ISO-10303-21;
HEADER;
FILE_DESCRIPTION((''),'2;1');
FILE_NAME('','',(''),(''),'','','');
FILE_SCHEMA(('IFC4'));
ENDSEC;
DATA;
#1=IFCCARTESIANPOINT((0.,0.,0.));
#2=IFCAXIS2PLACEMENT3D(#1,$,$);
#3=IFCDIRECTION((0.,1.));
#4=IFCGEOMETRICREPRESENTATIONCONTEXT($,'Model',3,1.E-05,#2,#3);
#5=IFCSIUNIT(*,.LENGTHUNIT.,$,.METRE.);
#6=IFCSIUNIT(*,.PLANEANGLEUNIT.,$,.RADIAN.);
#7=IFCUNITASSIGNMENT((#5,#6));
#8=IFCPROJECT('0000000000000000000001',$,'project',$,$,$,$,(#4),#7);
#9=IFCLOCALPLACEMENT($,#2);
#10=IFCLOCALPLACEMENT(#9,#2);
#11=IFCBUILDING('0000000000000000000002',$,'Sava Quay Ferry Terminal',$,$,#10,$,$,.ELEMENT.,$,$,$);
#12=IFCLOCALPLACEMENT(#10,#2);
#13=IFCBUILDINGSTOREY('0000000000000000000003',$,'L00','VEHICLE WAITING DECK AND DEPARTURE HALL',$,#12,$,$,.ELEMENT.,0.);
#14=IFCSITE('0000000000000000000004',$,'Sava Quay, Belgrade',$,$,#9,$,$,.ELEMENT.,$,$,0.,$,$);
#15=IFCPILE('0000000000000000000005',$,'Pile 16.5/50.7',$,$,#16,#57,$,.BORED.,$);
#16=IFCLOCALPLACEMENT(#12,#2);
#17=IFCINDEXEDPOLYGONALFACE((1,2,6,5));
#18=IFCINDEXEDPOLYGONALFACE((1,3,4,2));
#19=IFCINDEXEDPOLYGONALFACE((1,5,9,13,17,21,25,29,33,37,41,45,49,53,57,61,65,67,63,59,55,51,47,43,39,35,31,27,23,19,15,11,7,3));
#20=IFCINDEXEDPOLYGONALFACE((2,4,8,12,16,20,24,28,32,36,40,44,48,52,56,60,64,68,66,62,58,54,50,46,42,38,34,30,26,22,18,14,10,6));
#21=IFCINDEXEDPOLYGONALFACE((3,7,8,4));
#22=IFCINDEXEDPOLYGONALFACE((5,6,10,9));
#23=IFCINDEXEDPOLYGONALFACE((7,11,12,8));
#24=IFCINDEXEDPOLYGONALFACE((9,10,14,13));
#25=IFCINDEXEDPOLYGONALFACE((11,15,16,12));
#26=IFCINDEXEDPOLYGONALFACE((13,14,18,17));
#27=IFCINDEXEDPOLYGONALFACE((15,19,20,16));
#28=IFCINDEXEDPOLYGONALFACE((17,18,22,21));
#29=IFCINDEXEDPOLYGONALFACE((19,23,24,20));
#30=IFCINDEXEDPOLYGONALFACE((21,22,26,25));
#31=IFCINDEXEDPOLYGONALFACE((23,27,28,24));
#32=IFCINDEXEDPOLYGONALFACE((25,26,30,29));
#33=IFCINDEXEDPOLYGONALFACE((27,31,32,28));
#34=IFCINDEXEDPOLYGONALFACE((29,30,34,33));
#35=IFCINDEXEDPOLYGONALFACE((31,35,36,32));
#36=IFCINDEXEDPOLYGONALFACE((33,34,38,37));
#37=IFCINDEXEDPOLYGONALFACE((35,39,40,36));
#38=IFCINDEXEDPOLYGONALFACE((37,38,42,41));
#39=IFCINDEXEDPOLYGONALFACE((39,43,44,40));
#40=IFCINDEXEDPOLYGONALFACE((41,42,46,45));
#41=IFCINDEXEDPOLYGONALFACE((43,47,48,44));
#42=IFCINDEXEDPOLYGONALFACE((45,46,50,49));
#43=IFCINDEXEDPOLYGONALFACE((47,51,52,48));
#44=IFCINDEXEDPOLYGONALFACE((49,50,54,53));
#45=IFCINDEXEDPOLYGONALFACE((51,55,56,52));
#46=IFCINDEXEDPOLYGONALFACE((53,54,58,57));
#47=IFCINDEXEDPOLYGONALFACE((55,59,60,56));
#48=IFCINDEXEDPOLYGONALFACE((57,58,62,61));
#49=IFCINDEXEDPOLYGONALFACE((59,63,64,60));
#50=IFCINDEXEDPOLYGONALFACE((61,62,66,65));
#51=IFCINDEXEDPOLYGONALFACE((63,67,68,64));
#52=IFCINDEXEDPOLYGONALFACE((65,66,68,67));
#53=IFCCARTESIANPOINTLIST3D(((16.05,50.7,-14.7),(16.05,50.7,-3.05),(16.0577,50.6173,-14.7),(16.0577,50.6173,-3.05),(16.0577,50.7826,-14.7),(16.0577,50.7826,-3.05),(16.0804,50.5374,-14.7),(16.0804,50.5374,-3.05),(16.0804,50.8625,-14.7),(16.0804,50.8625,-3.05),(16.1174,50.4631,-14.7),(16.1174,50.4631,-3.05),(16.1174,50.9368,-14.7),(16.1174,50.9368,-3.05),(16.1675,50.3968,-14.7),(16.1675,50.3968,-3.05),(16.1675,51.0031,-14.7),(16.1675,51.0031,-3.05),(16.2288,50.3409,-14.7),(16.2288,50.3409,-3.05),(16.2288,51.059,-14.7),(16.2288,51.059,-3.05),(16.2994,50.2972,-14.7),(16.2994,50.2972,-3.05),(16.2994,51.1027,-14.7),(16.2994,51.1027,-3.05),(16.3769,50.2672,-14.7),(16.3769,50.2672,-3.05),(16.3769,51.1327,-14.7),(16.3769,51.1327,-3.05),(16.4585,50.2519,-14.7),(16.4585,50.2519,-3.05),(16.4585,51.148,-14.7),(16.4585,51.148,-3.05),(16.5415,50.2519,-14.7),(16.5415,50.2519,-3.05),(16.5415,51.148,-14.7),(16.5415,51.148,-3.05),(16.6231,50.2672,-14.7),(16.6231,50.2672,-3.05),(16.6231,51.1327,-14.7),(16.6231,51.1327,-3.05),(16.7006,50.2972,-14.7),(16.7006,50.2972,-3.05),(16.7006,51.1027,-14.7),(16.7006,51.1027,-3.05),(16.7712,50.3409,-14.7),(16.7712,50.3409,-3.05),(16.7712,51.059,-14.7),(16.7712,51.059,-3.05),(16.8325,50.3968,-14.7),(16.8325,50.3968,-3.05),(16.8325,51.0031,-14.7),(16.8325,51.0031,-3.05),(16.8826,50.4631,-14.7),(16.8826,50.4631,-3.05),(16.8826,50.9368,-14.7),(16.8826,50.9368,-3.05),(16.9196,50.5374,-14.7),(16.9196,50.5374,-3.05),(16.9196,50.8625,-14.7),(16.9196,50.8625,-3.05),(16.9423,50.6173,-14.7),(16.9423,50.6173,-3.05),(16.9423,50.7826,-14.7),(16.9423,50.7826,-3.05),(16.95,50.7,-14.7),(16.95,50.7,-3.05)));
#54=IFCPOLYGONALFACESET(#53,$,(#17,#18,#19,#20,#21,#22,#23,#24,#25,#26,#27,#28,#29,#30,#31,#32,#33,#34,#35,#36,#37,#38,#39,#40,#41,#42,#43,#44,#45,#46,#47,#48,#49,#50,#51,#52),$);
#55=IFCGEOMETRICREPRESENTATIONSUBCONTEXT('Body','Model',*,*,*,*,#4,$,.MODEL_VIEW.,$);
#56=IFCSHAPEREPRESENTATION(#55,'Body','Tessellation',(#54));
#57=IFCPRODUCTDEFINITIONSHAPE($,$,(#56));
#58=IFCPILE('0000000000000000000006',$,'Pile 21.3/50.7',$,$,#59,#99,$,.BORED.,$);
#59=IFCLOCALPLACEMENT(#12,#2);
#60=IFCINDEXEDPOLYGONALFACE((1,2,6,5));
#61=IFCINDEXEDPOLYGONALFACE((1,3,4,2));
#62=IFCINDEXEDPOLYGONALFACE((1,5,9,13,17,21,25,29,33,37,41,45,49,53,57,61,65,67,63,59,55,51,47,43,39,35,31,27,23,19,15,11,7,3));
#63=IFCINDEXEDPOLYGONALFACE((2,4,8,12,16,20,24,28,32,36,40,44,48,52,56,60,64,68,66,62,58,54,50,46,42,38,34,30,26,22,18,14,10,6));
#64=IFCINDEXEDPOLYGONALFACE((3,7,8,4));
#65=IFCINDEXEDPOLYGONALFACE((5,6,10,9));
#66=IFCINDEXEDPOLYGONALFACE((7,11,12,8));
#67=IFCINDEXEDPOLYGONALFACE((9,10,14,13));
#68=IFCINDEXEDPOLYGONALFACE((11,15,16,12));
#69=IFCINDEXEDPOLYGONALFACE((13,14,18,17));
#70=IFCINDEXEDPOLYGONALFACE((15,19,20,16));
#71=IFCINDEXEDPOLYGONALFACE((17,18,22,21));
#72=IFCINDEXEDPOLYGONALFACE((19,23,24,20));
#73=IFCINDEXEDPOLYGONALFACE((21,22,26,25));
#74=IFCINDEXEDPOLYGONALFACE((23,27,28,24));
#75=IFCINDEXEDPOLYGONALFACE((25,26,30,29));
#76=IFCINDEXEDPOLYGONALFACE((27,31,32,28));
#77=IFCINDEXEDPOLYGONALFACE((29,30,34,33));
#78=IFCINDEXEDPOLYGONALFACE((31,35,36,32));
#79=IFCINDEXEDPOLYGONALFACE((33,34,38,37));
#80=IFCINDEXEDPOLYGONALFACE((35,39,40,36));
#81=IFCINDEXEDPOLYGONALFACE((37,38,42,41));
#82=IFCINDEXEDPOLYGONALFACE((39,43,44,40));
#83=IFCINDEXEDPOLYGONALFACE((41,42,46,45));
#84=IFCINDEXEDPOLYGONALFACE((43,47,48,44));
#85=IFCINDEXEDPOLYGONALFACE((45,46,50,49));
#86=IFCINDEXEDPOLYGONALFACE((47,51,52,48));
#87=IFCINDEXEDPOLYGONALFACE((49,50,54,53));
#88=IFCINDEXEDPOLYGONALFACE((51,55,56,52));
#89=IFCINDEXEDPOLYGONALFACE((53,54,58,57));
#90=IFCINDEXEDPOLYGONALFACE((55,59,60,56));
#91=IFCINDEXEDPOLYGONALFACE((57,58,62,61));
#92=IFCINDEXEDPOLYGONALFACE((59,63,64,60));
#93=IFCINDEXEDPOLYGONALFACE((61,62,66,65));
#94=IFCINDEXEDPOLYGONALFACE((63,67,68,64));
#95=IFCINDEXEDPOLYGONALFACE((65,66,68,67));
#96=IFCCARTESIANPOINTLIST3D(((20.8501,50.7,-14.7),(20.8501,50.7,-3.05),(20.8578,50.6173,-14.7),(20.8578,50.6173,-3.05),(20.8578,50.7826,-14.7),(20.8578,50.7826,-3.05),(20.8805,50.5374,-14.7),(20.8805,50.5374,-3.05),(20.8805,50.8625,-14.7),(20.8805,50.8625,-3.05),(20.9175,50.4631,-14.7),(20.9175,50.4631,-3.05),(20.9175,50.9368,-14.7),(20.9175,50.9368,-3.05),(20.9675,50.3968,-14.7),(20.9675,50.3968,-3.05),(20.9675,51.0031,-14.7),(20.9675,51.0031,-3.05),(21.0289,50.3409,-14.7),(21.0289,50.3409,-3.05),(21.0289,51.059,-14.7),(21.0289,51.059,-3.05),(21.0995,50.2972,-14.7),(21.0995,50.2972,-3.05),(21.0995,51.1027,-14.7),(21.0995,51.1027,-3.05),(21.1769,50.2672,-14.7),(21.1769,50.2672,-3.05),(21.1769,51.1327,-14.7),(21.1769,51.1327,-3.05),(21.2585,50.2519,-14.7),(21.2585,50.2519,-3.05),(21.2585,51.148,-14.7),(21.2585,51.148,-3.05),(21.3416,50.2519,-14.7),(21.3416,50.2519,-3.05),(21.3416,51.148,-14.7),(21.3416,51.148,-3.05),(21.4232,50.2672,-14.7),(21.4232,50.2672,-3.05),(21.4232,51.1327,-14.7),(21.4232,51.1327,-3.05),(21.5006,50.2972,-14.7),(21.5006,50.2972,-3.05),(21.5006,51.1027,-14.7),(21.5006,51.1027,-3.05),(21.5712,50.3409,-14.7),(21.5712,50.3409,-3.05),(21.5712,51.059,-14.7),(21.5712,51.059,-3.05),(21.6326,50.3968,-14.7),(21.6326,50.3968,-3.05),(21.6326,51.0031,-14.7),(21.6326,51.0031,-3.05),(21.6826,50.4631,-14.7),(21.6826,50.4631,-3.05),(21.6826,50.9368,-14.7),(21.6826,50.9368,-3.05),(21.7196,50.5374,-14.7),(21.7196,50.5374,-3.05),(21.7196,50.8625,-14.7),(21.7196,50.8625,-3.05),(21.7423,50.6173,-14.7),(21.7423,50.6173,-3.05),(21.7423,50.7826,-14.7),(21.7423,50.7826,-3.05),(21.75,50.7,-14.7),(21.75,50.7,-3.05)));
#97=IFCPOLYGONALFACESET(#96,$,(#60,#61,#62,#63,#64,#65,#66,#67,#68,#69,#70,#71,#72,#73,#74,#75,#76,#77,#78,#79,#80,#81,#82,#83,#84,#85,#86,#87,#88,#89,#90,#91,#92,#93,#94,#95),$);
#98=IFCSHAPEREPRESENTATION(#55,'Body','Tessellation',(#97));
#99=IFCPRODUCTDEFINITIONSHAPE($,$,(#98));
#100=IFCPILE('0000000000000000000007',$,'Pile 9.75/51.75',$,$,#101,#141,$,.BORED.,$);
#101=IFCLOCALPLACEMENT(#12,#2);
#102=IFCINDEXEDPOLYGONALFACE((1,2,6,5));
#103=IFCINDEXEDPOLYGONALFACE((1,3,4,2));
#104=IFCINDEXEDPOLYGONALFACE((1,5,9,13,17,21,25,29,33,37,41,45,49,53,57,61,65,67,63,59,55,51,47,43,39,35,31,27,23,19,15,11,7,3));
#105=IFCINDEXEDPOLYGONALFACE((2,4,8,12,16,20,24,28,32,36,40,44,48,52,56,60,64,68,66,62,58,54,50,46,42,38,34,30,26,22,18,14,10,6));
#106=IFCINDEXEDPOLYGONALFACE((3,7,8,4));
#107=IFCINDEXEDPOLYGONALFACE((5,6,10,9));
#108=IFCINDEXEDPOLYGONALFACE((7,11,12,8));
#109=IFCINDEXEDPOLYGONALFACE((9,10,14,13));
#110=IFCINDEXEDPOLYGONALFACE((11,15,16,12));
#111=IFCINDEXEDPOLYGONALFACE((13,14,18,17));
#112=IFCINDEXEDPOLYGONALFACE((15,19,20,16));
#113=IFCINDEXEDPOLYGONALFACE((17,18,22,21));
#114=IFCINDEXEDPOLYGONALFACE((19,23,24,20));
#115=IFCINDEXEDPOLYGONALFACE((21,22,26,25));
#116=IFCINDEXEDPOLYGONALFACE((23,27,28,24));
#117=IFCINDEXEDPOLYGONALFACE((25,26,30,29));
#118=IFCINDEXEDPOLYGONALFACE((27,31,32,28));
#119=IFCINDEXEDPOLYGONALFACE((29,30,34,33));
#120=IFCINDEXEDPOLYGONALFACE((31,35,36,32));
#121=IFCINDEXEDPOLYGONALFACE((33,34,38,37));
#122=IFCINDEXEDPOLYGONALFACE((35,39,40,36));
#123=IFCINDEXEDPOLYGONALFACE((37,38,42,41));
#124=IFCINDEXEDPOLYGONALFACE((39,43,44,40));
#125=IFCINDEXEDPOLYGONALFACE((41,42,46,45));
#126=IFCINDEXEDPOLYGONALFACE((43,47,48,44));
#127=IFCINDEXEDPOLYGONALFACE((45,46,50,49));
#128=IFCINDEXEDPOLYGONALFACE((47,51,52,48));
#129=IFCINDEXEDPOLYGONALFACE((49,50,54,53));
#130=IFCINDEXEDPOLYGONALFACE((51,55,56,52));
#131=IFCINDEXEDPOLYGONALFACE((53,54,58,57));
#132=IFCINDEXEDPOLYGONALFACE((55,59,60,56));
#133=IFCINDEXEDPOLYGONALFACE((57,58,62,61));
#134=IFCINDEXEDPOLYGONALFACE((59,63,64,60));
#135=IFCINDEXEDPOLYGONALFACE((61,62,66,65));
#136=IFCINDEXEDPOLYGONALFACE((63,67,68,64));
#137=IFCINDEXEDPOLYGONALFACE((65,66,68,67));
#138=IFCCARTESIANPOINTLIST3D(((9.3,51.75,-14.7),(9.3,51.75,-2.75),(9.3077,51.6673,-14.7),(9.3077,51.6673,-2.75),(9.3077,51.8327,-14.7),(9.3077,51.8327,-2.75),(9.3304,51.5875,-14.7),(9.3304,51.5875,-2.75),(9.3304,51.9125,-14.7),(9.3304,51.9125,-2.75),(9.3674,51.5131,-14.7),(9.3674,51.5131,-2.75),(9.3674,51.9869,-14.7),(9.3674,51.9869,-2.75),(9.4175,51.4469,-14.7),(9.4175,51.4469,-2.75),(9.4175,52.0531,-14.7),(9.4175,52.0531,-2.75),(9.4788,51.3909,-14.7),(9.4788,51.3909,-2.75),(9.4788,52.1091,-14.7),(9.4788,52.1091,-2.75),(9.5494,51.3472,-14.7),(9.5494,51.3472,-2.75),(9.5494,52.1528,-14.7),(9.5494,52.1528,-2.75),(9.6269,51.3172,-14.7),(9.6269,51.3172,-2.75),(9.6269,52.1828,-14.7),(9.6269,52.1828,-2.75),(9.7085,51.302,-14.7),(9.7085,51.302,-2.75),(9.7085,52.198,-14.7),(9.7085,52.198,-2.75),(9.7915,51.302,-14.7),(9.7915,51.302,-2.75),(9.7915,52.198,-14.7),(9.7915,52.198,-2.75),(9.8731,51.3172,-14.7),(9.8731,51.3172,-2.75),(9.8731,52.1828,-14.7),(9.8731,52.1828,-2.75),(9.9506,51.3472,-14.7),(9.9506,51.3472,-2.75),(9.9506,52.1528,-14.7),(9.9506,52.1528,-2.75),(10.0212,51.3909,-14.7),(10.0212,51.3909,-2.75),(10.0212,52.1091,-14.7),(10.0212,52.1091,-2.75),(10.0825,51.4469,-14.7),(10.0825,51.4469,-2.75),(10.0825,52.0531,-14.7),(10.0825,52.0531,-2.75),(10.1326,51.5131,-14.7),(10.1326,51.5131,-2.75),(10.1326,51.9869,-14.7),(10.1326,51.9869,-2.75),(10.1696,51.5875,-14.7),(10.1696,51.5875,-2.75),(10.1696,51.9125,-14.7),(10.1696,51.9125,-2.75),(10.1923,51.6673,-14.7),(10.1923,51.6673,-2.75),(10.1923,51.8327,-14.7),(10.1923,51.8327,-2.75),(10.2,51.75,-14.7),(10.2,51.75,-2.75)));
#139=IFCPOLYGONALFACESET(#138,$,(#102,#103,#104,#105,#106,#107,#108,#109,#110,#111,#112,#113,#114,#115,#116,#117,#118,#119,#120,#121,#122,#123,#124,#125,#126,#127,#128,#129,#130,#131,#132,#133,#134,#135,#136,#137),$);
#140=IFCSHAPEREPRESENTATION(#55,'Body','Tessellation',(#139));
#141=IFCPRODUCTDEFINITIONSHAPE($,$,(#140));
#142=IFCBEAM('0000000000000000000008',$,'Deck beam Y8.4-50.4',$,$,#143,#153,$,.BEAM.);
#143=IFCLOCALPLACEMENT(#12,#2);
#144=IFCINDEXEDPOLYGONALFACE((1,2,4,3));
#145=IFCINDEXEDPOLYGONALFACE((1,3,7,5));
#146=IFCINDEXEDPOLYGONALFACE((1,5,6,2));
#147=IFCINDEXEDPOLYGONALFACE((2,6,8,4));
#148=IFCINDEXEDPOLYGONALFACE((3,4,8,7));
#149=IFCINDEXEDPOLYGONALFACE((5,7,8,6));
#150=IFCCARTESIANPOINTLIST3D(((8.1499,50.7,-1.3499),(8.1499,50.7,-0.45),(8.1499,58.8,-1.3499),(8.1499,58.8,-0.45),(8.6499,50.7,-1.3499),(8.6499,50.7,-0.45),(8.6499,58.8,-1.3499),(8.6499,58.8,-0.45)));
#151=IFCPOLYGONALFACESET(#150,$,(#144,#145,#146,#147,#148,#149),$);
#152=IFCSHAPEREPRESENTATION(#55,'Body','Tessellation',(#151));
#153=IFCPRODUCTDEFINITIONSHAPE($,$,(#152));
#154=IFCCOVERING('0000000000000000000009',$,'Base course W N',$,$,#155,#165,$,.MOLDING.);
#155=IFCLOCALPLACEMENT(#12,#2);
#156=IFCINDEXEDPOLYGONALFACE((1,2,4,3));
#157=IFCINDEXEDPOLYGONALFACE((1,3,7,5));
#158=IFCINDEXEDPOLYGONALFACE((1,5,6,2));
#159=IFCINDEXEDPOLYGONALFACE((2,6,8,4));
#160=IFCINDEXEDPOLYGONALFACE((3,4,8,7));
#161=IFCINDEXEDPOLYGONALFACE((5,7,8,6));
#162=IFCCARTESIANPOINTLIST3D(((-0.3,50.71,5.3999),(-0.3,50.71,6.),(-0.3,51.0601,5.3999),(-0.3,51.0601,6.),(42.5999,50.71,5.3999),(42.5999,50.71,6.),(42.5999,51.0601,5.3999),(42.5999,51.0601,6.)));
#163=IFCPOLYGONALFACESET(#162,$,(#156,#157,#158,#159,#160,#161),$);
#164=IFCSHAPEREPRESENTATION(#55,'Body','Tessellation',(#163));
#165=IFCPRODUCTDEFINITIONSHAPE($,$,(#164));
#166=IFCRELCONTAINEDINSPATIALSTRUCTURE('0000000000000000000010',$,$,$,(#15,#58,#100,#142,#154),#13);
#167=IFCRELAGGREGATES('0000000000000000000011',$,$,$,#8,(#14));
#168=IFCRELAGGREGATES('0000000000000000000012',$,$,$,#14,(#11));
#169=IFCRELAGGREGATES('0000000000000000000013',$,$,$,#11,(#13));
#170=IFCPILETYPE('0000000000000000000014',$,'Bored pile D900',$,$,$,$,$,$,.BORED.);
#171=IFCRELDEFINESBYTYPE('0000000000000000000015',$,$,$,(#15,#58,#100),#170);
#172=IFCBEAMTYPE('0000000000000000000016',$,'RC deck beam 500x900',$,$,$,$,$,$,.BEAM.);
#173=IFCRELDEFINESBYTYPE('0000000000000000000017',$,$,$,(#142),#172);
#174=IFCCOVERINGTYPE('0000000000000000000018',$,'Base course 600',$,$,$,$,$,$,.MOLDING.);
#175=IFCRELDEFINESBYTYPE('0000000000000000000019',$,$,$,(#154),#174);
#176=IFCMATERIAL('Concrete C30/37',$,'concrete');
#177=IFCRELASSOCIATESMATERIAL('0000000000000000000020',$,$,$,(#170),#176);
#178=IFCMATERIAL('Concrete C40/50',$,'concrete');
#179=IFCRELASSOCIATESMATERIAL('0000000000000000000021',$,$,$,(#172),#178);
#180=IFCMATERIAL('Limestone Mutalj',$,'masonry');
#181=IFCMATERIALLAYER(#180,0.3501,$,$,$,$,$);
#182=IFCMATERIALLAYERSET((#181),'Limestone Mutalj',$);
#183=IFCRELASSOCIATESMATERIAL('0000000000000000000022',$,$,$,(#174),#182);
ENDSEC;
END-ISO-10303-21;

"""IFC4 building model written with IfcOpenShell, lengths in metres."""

from ifc_helpers import new_model, si_unit, direction, frame, origin, origin_2d, place, context, subcontext, project, spatial, rectangle, circle, extrude, material, layer, layer_set, material_profile, profile_set, type_object, element, save


model = new_model("IFC4")

# Units and contexts
model_context = context("Model", 3, precision=1e-05, world=origin(), true_north=direction((0.0, 1.0)))
body_context = subcontext(model_context, "Body", "Model", "MODEL_VIEW")
ifc_project = project(units=[si_unit("LENGTHUNIT", "METRE"), si_unit("PLANEANGLEUNIT", "RADIAN")], contexts=[model_context])

# Site, building, storey
site_placement = place(None, origin())
site = spatial("IfcSite", under=ifc_project, at=site_placement, Name="Sava Quay, Belgrade", CompositionType="ELEMENT", RefElevation=0.0)
building_placement = place(site_placement, origin())
building = spatial("IfcBuilding", under=site, at=building_placement, Name="Sava Quay Ferry Terminal", CompositionType="ELEMENT")
storey_placement = place(building_placement, origin())
storey = spatial("IfcBuildingStorey", under=building, at=storey_placement, Name="L00", Description="VEHICLE WAITING DECK AND DEPARTURE HALL", CompositionType="ELEMENT", Elevation=0.0)

# Piles
ifc_material_1 = material(Name="Concrete C30/37", Category="concrete")
ifc_material_profile_1 = material_profile(ifc_material_1, circle(Radius=0.45, at=origin_2d()), Name="Bored pile D900")
ifc_profile_set_1 = profile_set([ifc_material_profile_1], Name="Concrete C30/37")
pile_type = type_object("IfcPileType", Name="Bored pile D900", PredefinedType="BORED", material=ifc_profile_set_1)
for number, where, z_axis, x_axis, name in (
    (1, (16.5, 50.7, -3.05), (0.0, 0.0, -1.0), (1.0, 0.0, 0.0), "Pile 16.5/50.7"),
    (2, (21.3, 50.7, -3.05), (0.0, 0.0, -1.0), (1.0, 0.0, 0.0), "Pile 21.3/50.7"),
):
    element("IfcPile", number, at=place(storey_placement, frame(where, z_axis=z_axis, x_axis=x_axis)), inside=storey, type_object=pile_type, Name=name, PredefinedType="BORED", context=body_context, shape_type="SweptSolid", body=[
        extrude(circle(Radius=0.45, at=origin_2d()), origin(), (0.0, 0.0, 1.0), 11.6499),
    ])
pile_placement = place(storey_placement, frame((9.75, 51.75, -2.75), z_axis=(0.0, 0.0, -1.0), x_axis=(1.0, 0.0, 0.0)))
element("IfcPile", 3, at=pile_placement, inside=storey, type_object=pile_type, Name="Pile 9.75/51.75", PredefinedType="BORED", context=body_context, shape_type="SweptSolid", body=[
    extrude(circle(Radius=0.45, at=origin_2d()), origin(), (0.0, 0.0, 1.0), 11.95),
])

# Beam
ifc_material_2 = material(Name="Concrete C40/50", Category="concrete")
ifc_material_profile_2 = material_profile(ifc_material_2, rectangle(XDim=0.5, YDim=0.8999, at=origin_2d()), Name="RC 500x900")
ifc_profile_set_2 = profile_set([ifc_material_profile_2], Name="Concrete C40/50")
beam_type = type_object("IfcBeamType", Name="RC deck beam 500x900", PredefinedType="BEAM", material=ifc_profile_set_2)
beam_placement = place(storey_placement, frame((8.3999, 50.7, -0.8999), z_axis=(0.0, 1.0, 0.0), x_axis=(-1.0, 0.0, 0.0)))
element("IfcBeam", 4, at=beam_placement, inside=storey, type_object=beam_type, Name="Deck beam Y8.4-50.4", PredefinedType="BEAM", context=body_context, shape_type="SweptSolid", body=[
    extrude(rectangle(XDim=0.5, YDim=0.8999, at=origin_2d()), origin(), (0.0, 0.0, 1.0), 8.1001),
])

# Covering
ifc_material_3 = material(Name="Limestone Mutalj", Category="masonry")
ifc_layer_1 = layer(ifc_material_3, 0.3501)
ifc_layer_set_1 = layer_set([ifc_layer_1], Name="Limestone Mutalj")
covering_type_1 = type_object("IfcCoveringType", Name="Base course 600", PredefinedType="MOLDING", material=ifc_layer_set_1)
covering_1_placement = place(storey_placement, frame((21.1499, 50.885, 5.3999), z_axis=(0.0, 0.0, 1.0), x_axis=(1.0, 0.0, 0.0)))
element("IfcCovering", 5, at=covering_1_placement, inside=storey, type_object=covering_type_1, Name="Base course W N", PredefinedType="MOLDING", context=body_context, shape_type="SweptSolid", body=[
    extrude(rectangle(XDim=42.8999, YDim=0.3501, at=origin_2d()), origin(), (0.0, 0.0, 1.0), 0.6001),
])

save(model, "model.ifc")
